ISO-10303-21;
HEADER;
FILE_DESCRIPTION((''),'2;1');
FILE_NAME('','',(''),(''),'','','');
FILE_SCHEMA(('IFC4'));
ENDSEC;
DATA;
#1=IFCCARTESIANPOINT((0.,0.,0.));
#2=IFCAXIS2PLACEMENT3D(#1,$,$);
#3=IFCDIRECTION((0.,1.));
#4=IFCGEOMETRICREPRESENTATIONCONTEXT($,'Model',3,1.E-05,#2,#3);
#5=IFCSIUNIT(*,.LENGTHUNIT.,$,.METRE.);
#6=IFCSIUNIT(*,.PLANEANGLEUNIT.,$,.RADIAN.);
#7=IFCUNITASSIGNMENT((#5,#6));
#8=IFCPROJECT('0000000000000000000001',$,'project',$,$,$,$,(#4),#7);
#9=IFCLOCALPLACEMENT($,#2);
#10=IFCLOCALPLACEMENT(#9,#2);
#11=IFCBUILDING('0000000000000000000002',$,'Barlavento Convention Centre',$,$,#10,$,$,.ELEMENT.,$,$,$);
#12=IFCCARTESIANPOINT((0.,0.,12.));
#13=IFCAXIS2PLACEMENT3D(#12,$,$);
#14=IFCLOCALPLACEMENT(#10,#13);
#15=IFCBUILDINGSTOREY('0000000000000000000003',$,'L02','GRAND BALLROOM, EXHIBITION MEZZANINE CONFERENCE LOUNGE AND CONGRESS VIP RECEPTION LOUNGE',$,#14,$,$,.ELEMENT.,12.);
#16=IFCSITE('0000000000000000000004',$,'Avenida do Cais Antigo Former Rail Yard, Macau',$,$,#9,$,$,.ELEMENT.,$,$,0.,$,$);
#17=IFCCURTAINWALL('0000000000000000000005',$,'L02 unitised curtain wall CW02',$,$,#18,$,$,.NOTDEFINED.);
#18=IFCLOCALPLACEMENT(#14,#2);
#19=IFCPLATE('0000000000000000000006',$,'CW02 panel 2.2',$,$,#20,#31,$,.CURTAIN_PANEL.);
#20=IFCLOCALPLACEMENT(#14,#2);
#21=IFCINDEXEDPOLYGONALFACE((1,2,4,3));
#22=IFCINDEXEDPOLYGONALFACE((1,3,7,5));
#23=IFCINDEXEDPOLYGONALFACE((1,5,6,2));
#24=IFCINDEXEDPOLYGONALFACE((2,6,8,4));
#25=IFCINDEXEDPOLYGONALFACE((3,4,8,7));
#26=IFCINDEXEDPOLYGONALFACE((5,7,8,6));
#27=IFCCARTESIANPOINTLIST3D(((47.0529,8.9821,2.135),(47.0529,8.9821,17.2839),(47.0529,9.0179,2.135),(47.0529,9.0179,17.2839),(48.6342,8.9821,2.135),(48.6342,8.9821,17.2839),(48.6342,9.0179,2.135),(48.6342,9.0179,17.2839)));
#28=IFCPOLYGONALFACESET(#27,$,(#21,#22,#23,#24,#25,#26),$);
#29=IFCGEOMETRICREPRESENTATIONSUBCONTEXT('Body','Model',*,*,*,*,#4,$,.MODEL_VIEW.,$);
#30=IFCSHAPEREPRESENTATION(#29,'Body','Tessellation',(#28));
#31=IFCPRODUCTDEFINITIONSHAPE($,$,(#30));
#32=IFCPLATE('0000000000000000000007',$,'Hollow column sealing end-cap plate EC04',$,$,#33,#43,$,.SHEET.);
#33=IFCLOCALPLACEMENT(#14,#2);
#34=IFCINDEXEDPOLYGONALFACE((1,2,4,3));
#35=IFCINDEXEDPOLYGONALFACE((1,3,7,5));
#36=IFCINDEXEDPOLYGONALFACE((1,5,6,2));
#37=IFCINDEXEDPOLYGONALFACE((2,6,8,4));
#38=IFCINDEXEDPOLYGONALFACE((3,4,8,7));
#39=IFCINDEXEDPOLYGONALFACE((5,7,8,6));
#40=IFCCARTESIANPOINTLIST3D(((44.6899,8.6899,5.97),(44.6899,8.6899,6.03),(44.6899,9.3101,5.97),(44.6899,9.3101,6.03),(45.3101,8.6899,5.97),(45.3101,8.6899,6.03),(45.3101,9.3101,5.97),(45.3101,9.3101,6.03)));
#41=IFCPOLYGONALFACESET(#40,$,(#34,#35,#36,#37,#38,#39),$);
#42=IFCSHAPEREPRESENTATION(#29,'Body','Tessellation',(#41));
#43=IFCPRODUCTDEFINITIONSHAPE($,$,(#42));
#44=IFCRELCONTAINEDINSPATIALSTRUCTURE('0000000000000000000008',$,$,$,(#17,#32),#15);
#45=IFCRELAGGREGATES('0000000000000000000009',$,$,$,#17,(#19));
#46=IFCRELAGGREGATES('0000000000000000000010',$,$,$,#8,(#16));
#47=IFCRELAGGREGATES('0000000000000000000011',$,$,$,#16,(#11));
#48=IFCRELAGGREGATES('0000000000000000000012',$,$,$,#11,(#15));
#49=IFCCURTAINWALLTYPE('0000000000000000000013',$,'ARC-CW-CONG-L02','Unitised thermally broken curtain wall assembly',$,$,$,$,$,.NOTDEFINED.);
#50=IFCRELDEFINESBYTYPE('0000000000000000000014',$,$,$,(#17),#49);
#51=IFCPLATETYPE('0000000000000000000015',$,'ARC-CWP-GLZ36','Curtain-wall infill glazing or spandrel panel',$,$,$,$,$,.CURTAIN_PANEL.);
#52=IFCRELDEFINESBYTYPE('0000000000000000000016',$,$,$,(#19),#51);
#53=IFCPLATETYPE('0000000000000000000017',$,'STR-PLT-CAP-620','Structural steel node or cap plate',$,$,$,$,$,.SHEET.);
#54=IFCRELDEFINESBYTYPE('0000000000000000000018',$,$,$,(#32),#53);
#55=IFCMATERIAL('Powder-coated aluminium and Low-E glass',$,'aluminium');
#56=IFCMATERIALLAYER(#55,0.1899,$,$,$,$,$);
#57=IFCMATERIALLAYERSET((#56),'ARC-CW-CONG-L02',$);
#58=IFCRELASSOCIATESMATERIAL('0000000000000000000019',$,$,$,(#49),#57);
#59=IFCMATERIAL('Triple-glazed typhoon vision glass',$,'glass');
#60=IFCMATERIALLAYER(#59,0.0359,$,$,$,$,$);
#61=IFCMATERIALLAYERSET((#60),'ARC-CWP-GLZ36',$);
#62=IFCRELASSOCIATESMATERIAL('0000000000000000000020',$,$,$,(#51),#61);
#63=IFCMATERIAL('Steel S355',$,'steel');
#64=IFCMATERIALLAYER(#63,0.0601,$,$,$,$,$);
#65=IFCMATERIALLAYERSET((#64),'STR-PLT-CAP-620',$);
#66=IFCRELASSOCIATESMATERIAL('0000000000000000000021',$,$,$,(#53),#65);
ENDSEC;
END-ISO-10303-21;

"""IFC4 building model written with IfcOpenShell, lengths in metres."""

from ifc_helpers import new_model, si_unit, direction, frame, origin, origin_2d, place, context, subcontext, project, spatial, rectangle, extrude, material, layer, layer_set, type_object, element, aggregate, save


model = new_model("IFC4")

# Units and contexts
model_context = context("Model", 3, precision=1e-05, world=origin(), true_north=direction((0.0, 1.0)))
body_context = subcontext(model_context, "Body", "Model", "MODEL_VIEW")
ifc_project = project(units=[si_unit("LENGTHUNIT", "METRE"), si_unit("PLANEANGLEUNIT", "RADIAN")], contexts=[model_context])

# Site, building, storey
site_placement = place(None, origin())
site = spatial("IfcSite", under=ifc_project, at=site_placement, Name="Avenida do Cais Antigo Former Rail Yard, Macau", CompositionType="ELEMENT", RefElevation=0.0)
building_placement = place(site_placement, origin())
building = spatial("IfcBuilding", under=site, at=building_placement, Name="Barlavento Convention Centre", CompositionType="ELEMENT")
storey_placement = place(building_placement, frame((0.0, 0.0, 12.0)))
storey = spatial("IfcBuildingStorey", under=building, at=storey_placement, Name="L02", Description="GRAND BALLROOM, EXHIBITION MEZZANINE CONFERENCE LOUNGE AND CONGRESS VIP RECEPTION LOUNGE", CompositionType="ELEMENT", Elevation=12.0)

# Shared definitions
ifc_material_1 = material(Name="Powder-coated aluminium and Low-E glass", Category="aluminium")
ifc_layer_1 = layer(ifc_material_1, 0.1899)
ifc_layer_set_1 = layer_set([ifc_layer_1], Name="ARC-CW-CONG-L02")
curtain_wall_type = type_object("IfcCurtainWallType", Name="ARC-CW-CONG-L02", Description="Unitised thermally broken curtain wall assembly", PredefinedType="NOTDEFINED", material=ifc_layer_set_1)

# Curtain wall
curtain_wall_1_placement = place(storey_placement, origin())
curtain_wall_1 = element("IfcCurtainWall", 1, at=curtain_wall_1_placement, inside=storey, type_object=curtain_wall_type, Name="L02 unitised curtain wall CW02", PredefinedType="NOTDEFINED")

# Shared definitions
ifc_material_2 = material(Name="Steel S355", Category="steel")

# Plates
ifc_material_3 = material(Name="Triple-glazed typhoon vision glass", Category="glass")
ifc_layer_2 = layer(ifc_material_3, 0.0359)
ifc_layer_set_2 = layer_set([ifc_layer_2], Name="ARC-CWP-GLZ36")
plate_type_1 = type_object("IfcPlateType", Name="ARC-CWP-GLZ36", Description="Curtain-wall infill glazing or spandrel panel", PredefinedType="CURTAIN_PANEL", material=ifc_layer_set_2)
plate_1_placement = place(storey_placement, frame((47.8435, 9.0, 2.135), z_axis=(0.0, 0.0, 1.0), x_axis=(1.0, 0.0, 0.0)))
plate_1 = element("IfcPlate", 2, at=plate_1_placement, type_object=plate_type_1, Name="CW02 panel 2.2", PredefinedType="CURTAIN_PANEL", context=body_context, shape_type="SweptSolid", body=[
    extrude(rectangle(XDim=1.5813, YDim=0.0359, at=origin_2d()), origin(), (0.0, 0.0, 1.0), 15.1489),
])
aggregate(curtain_wall_1, [plate_1])
ifc_layer_3 = layer(ifc_material_2, 0.0601)
ifc_layer_set_3 = layer_set([ifc_layer_3], Name="STR-PLT-CAP-620")
plate_type_2 = type_object("IfcPlateType", Name="STR-PLT-CAP-620", Description="Structural steel node or cap plate", PredefinedType="SHEET", material=ifc_layer_set_3)
plate_2_placement = place(storey_placement, frame((45.0, 9.0, 5.97), z_axis=(0.0, 0.0, 1.0), x_axis=(1.0, 0.0, 0.0)))
element("IfcPlate", 3, at=plate_2_placement, inside=storey, type_object=plate_type_2, Name="Hollow column sealing end-cap plate EC04", PredefinedType="SHEET", context=body_context, shape_type="SweptSolid", body=[
    extrude(rectangle(XDim=0.6201, YDim=0.6201, at=origin_2d()), origin(), (0.0, 0.0, 1.0), 0.0601),
])

save(model, "model.ifc")
